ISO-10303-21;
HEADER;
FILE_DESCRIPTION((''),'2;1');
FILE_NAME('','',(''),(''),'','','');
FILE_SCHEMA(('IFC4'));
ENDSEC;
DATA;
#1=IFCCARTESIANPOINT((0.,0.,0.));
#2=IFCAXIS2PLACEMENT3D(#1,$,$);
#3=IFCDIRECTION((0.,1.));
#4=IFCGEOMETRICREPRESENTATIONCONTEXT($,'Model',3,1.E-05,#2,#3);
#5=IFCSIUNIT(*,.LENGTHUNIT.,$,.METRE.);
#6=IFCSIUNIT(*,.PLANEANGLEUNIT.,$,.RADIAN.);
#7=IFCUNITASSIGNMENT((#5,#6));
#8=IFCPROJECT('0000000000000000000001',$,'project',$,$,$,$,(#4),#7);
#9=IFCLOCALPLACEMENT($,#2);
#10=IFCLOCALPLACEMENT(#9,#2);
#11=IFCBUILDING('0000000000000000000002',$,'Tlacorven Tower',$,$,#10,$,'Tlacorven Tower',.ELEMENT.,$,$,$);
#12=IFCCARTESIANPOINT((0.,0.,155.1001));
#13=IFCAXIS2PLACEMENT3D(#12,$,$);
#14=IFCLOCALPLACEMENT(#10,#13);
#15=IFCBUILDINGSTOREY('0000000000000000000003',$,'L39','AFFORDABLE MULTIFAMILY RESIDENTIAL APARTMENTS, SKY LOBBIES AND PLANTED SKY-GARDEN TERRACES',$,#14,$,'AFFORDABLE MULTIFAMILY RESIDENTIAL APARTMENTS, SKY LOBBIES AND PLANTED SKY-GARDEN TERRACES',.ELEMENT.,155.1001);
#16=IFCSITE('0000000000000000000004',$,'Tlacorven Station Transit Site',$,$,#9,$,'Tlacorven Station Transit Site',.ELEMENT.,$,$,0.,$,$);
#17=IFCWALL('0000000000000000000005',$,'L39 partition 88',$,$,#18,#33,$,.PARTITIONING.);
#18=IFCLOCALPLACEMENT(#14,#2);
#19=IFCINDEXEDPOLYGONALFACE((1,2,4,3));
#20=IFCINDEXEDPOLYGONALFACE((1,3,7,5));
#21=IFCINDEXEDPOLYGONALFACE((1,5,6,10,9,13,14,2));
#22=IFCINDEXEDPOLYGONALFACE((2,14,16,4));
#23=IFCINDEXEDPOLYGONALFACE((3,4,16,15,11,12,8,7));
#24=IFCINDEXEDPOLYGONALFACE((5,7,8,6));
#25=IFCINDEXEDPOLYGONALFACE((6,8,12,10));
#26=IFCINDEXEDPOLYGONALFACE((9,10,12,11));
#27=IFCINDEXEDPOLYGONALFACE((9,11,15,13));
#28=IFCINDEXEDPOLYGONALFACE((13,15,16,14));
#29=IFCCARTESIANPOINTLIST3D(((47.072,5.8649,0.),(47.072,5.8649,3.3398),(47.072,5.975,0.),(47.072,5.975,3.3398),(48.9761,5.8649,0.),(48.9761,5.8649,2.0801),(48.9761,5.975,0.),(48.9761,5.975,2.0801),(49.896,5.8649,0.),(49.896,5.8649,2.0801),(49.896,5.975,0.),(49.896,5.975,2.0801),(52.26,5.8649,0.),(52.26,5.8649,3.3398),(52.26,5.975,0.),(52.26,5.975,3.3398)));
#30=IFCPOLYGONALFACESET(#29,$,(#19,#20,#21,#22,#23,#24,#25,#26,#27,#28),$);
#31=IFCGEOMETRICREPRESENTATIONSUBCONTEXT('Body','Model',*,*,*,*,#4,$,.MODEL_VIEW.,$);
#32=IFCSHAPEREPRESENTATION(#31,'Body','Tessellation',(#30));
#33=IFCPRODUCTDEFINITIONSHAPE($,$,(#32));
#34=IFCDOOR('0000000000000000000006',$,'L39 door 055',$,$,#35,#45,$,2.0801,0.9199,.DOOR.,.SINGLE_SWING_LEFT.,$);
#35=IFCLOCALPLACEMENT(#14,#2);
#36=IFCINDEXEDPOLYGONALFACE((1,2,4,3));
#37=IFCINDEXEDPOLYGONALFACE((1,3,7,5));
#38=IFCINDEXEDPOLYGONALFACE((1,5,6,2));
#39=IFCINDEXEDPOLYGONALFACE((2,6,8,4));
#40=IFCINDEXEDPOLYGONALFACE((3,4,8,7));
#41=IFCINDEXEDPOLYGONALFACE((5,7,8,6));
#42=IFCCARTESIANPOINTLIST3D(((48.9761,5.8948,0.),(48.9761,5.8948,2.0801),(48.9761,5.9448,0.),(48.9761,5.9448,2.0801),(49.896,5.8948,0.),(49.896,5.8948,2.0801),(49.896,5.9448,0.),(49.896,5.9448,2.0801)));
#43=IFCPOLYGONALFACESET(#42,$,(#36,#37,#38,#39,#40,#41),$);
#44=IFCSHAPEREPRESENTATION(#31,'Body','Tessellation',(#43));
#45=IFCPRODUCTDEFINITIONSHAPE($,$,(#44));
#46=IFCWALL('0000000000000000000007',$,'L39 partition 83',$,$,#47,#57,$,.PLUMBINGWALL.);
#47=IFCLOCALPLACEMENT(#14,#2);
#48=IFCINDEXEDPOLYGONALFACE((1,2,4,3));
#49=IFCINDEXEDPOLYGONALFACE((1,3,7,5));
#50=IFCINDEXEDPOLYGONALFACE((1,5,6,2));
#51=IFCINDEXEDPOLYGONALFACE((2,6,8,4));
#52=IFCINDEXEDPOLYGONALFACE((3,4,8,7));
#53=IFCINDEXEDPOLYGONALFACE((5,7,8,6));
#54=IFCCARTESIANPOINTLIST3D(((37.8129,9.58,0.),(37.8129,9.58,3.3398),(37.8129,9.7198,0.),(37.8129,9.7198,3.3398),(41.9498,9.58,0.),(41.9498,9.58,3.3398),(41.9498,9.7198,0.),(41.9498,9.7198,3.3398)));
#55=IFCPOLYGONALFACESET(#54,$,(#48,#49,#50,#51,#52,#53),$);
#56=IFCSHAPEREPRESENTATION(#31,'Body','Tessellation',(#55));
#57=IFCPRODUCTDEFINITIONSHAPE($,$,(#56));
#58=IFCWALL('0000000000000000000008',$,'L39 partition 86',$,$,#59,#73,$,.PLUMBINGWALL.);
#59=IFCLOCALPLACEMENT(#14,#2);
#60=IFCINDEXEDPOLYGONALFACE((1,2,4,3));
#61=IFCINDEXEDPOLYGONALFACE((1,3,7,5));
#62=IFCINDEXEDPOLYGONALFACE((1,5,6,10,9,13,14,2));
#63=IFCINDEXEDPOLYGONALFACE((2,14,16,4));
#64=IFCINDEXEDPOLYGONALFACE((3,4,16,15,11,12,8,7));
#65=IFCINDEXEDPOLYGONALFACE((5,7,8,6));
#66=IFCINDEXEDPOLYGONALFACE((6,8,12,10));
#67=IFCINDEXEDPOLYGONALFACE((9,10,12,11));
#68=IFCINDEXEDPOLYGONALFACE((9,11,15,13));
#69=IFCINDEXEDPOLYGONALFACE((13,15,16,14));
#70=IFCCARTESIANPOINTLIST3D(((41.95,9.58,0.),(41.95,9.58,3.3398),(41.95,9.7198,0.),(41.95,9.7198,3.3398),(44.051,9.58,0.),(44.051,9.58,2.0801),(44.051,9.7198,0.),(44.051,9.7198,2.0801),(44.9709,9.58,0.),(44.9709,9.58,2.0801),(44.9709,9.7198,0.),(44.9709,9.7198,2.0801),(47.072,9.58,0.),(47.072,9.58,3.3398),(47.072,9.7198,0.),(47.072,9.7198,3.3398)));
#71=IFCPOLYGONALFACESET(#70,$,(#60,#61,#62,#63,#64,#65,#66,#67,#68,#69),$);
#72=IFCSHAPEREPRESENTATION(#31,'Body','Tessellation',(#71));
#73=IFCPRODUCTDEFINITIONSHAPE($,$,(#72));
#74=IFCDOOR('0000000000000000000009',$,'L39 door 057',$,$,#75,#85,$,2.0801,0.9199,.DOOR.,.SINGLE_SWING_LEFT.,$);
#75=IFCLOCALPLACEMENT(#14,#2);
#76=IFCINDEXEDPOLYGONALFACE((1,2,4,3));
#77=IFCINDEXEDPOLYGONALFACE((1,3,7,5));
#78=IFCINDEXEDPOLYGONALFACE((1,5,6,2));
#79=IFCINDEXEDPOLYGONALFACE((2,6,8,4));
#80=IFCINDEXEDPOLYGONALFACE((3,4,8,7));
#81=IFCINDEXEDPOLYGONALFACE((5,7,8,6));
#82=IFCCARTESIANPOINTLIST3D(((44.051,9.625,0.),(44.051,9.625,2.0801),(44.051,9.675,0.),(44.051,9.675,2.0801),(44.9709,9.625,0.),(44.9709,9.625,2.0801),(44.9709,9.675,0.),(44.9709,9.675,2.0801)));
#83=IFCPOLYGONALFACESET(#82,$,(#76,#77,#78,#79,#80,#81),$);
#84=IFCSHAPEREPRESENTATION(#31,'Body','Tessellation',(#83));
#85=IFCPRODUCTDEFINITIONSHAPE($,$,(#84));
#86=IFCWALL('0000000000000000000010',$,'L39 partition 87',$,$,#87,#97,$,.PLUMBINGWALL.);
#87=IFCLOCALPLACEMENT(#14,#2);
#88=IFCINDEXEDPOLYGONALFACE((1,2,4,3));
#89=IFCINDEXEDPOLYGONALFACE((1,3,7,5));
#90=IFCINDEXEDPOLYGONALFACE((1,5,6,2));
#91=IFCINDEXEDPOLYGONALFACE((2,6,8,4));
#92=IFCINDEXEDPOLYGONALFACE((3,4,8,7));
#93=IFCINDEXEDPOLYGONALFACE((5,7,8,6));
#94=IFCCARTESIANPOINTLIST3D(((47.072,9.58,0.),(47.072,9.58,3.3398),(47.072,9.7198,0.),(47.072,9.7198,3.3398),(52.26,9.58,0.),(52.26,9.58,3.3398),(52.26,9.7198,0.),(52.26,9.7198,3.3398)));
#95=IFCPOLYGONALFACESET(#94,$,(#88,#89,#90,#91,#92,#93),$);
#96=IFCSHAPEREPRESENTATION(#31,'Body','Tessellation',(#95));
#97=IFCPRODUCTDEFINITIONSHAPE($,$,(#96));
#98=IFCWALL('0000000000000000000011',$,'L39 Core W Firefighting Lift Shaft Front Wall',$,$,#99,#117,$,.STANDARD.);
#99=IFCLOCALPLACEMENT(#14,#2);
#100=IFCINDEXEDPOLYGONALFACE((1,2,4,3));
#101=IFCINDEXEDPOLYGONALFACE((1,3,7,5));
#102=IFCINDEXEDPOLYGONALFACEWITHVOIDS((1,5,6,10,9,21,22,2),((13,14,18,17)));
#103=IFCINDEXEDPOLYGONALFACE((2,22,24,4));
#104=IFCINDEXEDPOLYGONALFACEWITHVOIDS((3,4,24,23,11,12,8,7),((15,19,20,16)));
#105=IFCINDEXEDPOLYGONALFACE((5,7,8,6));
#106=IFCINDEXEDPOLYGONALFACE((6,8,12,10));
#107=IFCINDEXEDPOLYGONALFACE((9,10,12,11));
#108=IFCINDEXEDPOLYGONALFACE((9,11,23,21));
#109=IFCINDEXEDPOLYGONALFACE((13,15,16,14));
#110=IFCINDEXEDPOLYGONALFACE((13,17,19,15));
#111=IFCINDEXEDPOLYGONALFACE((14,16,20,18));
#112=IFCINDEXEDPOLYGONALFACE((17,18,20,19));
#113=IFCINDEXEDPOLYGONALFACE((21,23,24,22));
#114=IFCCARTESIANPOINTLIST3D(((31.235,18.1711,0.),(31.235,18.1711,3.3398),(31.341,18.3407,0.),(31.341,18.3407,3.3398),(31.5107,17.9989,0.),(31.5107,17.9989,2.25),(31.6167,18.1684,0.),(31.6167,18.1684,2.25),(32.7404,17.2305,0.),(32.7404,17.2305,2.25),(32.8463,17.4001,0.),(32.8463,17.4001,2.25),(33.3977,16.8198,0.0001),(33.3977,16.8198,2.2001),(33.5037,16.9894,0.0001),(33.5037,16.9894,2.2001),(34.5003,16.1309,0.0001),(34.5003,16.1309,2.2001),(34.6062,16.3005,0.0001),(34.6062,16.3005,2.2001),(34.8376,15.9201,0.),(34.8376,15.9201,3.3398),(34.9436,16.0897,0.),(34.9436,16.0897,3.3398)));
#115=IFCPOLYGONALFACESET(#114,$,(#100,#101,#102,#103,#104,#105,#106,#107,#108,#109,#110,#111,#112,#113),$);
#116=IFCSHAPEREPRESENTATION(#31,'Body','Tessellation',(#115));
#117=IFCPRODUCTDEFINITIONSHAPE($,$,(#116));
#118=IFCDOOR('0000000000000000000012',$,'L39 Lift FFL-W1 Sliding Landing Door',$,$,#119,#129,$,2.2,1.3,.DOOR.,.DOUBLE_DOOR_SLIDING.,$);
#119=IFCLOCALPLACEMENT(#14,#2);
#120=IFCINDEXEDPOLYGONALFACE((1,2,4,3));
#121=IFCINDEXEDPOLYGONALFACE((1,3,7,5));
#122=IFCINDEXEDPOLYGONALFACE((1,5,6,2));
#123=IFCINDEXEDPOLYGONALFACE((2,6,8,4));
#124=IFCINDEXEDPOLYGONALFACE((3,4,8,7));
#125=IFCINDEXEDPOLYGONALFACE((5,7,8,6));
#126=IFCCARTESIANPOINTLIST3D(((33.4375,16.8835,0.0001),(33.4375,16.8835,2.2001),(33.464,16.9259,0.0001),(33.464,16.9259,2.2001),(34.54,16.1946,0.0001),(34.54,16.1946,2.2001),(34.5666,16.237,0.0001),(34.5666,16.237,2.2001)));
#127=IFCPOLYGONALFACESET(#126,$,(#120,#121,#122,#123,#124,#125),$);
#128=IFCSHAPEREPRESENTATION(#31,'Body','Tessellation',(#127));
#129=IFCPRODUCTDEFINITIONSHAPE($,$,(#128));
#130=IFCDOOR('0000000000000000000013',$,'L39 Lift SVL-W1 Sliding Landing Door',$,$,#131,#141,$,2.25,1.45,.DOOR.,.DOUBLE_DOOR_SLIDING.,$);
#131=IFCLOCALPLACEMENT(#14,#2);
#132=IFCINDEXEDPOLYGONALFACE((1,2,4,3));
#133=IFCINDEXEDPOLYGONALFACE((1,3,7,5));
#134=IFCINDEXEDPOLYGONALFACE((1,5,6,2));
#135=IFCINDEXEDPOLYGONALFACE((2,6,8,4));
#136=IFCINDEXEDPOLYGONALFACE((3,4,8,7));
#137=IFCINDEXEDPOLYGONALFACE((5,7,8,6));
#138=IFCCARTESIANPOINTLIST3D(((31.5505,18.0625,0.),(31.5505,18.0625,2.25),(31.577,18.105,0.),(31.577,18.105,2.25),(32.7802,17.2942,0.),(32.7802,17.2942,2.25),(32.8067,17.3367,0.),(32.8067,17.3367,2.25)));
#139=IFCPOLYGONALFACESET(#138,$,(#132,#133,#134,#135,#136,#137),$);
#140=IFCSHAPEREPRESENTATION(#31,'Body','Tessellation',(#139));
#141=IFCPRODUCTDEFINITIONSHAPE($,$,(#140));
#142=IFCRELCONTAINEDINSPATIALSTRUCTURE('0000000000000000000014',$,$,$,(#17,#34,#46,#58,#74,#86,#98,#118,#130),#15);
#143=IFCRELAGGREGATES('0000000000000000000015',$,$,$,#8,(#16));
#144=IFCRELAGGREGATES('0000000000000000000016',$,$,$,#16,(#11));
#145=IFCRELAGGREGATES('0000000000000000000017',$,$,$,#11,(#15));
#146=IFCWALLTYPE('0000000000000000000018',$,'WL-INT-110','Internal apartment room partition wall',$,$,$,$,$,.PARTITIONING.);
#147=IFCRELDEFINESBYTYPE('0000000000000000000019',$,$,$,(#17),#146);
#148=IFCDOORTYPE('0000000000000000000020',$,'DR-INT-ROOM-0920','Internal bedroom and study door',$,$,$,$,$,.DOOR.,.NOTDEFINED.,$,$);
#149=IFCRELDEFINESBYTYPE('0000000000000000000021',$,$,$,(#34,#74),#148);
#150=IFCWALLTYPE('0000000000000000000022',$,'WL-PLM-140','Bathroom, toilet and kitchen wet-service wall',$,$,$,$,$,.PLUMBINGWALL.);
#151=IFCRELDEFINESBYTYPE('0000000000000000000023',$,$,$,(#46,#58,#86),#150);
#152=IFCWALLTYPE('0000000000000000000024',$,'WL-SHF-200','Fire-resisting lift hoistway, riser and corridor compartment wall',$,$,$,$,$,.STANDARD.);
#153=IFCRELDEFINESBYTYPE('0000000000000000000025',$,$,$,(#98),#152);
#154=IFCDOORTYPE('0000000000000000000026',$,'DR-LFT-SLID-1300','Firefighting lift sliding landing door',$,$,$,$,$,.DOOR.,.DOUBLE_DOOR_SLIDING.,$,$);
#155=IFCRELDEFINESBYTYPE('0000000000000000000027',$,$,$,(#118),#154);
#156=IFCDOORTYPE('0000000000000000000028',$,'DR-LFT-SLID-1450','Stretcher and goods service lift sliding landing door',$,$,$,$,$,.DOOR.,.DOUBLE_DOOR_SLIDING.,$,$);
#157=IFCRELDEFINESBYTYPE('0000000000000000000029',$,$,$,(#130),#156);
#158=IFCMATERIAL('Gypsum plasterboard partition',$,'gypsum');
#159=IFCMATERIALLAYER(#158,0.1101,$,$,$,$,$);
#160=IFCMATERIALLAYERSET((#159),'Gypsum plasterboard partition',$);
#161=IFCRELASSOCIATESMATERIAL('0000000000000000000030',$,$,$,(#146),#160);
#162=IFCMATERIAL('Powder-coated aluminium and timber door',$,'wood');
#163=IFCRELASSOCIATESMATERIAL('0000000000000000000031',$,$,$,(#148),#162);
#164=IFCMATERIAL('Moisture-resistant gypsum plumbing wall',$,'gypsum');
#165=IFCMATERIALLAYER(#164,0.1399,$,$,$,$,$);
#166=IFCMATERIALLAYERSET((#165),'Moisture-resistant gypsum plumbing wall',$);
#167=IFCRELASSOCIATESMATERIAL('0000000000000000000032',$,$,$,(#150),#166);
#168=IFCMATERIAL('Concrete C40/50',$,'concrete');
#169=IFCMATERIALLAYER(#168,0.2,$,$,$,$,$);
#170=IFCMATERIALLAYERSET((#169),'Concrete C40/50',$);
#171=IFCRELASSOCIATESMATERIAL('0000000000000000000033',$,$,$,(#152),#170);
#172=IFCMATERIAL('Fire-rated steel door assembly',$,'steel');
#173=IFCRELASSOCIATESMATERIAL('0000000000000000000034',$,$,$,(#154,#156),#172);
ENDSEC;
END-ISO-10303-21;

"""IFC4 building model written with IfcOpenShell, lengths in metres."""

from ifc_helpers import new_model, si_unit, direction, frame, frame_2d, origin, place, context, subcontext, project, spatial, rectangle, extrude, source, transform, mapped, material, layer, layer_set, type_object, element, fill, save


model = new_model("IFC4")

# Units and contexts
model_context = context("Model", 3, precision=1e-05, world=origin(), true_north=direction((0.0, 1.0)))
body_context = subcontext(model_context, "Body", "Model", "MODEL_VIEW")
ifc_project = project(units=[si_unit("LENGTHUNIT", "METRE"), si_unit("PLANEANGLEUNIT", "RADIAN")], contexts=[model_context])

# Site, building, storey
site_placement = place(None, origin())
site = spatial("IfcSite", under=ifc_project, at=site_placement, Name="Tlacorven Station Transit Site", LongName="Tlacorven Station Transit Site", CompositionType="ELEMENT", RefElevation=0.0)
building_placement = place(site_placement, origin())
building = spatial("IfcBuilding", under=site, at=building_placement, Name="Tlacorven Tower", LongName="Tlacorven Tower", CompositionType="ELEMENT")
storey_placement = place(building_placement, frame((0.0, 0.0, 155.1001)))
storey = spatial("IfcBuildingStorey", under=building, at=storey_placement, Name="L39", Description="AFFORDABLE MULTIFAMILY RESIDENTIAL APARTMENTS, SKY LOBBIES AND PLANTED SKY-GARDEN TERRACES", LongName="AFFORDABLE MULTIFAMILY RESIDENTIAL APARTMENTS, SKY LOBBIES AND PLANTED SKY-GARDEN TERRACES", CompositionType="ELEMENT", Elevation=155.1001)

# Shared definitions
ifc_material_1 = material(Name="Fire-rated steel door assembly", Category="steel")

# Wall, opening, door
ifc_material_2 = material(Name="Gypsum plasterboard partition", Category="gypsum")
ifc_layer_1 = layer(ifc_material_2, 0.1101)
ifc_layer_set_1 = layer_set([ifc_layer_1], Name="Gypsum plasterboard partition")
wall_type_1 = type_object("IfcWallType", Name="WL-INT-110", Description="Internal apartment room partition wall", PredefinedType="PARTITIONING", material=ifc_layer_set_1)
ifc_material_3 = material(Name="Powder-coated aluminium and timber door", Category="wood")
door_type_1 = type_object("IfcDoorType", Name="DR-INT-ROOM-0920", Description="Internal bedroom and study door", OperationType="NOTDEFINED", PredefinedType="DOOR", material=ifc_material_3)
shared_shape_1 = source(origin(), body_context, "Body", "SweptSolid", [
    extrude(rectangle(XDim=0.9199, YDim=2.0801, at=frame_2d((0.46, 1.04))), frame((0.0, 0.0249, 0.0), z_axis=(0.0, -1.0, 0.0), x_axis=(1.0, 0.0, 0.0)), (0.0, 0.0, 1.0), 0.05),
])
wall_1_placement = place(storey_placement, frame((47.072, 5.9199, 0.0), z_axis=(0.0, 0.0, 1.0), x_axis=(1.0, 0.0, 0.0)))
wall_1 = element("IfcWall", 1, at=wall_1_placement, inside=storey, type_object=wall_type_1, Name="L39 partition 88", PredefinedType="PARTITIONING", context=body_context, shape_type="SweptSolid", body=[
    extrude(rectangle(XDim=5.188, YDim=0.1101, at=frame_2d((2.594, 0.0))), origin(), (0.0, 0.0, 1.0), 3.3398),
])
opening_1_placement = place(wall_1_placement, frame((1.9041, 0.0, 0.0)))
opening_1 = element("IfcOpeningElement", 2, at=opening_1_placement, cuts=wall_1, PredefinedType="OPENING", context=body_context, shape_type="SweptSolid", body=[
    extrude(rectangle(XDim=0.9199, YDim=2.0801, at=frame_2d((0.46, 1.04))), frame((0.0, 0.0649, 0.0), z_axis=(0.0, -1.0, 0.0), x_axis=(1.0, 0.0, 0.0)), (0.0, 0.0, 1.0), 0.1301),
])
door_1_placement = place(opening_1_placement, origin())
door_1 = element("IfcDoor", 3, at=door_1_placement, inside=storey, type_object=door_type_1, Name="L39 door 055", OperationType="SINGLE_SWING_LEFT", OverallHeight=2.0801, OverallWidth=0.9199, PredefinedType="DOOR", context=body_context, shape_type="MappedRepresentation", body=[
    mapped(shared_shape_1, transform((0.0, 0.0, 0.0), scale=1.0)),
])
fill(opening_1, door_1)

# Wall
ifc_material_4 = material(Name="Moisture-resistant gypsum plumbing wall", Category="gypsum")
ifc_layer_2 = layer(ifc_material_4, 0.1399)
ifc_layer_set_2 = layer_set([ifc_layer_2], Name="Moisture-resistant gypsum plumbing wall")
wall_type_2 = type_object("IfcWallType", Name="WL-PLM-140", Description="Bathroom, toilet and kitchen wet-service wall", PredefinedType="PLUMBINGWALL", material=ifc_layer_set_2)
wall_2_placement = place(storey_placement, frame((37.813, 9.6499, 0.0), z_axis=(0.0, 0.0, 1.0), x_axis=(1.0, 0.0, 0.0)))
element("IfcWall", 4, at=wall_2_placement, inside=storey, type_object=wall_type_2, Name="L39 partition 83", PredefinedType="PLUMBINGWALL", context=body_context, shape_type="SweptSolid", body=[
    extrude(rectangle(XDim=4.137, YDim=0.1399, at=frame_2d((2.0684, 0.0))), origin(), (0.0, 0.0, 1.0), 3.3398),
])

# Wall, opening, door
wall_3_placement = place(storey_placement, frame((41.95, 9.6499, 0.0), z_axis=(0.0, 0.0, 1.0), x_axis=(1.0, 0.0, 0.0)))
wall_3 = element("IfcWall", 5, at=wall_3_placement, inside=storey, type_object=wall_type_2, Name="L39 partition 86", PredefinedType="PLUMBINGWALL", context=body_context, shape_type="SweptSolid", body=[
    extrude(rectangle(XDim=5.1221, YDim=0.1399, at=frame_2d((2.561, 0.0))), origin(), (0.0, 0.0, 1.0), 3.3398),
])
opening_2_placement = place(wall_3_placement, frame((2.1011, 0.0, 0.0)))
opening_2 = element("IfcOpeningElement", 6, at=opening_2_placement, cuts=wall_3, PredefinedType="OPENING", context=body_context, shape_type="SweptSolid", body=[
    extrude(rectangle(XDim=0.9199, YDim=2.0801, at=frame_2d((0.46, 1.04))), frame((0.0, 0.0801, 0.0), z_axis=(0.0, -1.0, 0.0), x_axis=(1.0, 0.0, 0.0)), (0.0, 0.0, 1.0), 0.1599),
])
door_2_placement = place(opening_2_placement, frame((0.9199, 0.0, 0.0), z_axis=(0.0, 0.0, 1.0), x_axis=(-1.0, 0.0, 0.0)))
door_2 = element("IfcDoor", 7, at=door_2_placement, inside=storey, type_object=door_type_1, Name="L39 door 057", OperationType="SINGLE_SWING_LEFT", OverallHeight=2.0801, OverallWidth=0.9199, PredefinedType="DOOR", context=body_context, shape_type="MappedRepresentation", body=[
    mapped(shared_shape_1, transform((0.0, 0.0, 0.0), scale=1.0)),
])
fill(opening_2, door_2)

# Wall
wall_4_placement = place(storey_placement, frame((47.072, 9.6499, 0.0), z_axis=(0.0, 0.0, 1.0), x_axis=(1.0, 0.0, 0.0)))
element("IfcWall", 8, at=wall_4_placement, inside=storey, type_object=wall_type_2, Name="L39 partition 87", PredefinedType="PLUMBINGWALL", context=body_context, shape_type="SweptSolid", body=[
    extrude(rectangle(XDim=5.188, YDim=0.1399, at=frame_2d((2.594, 0.0))), origin(), (0.0, 0.0, 1.0), 3.3398),
])

# Wall, openings, doors
ifc_material_5 = material(Name="Concrete C40/50", Category="concrete")
ifc_layer_3 = layer(ifc_material_5, 0.2)
ifc_layer_set_3 = layer_set([ifc_layer_3], Name="Concrete C40/50")
wall_type_3 = type_object("IfcWallType", Name="WL-SHF-200", Description="Fire-resisting lift hoistway, riser and corridor compartment wall", PredefinedType="STANDARD", material=ifc_layer_set_3)
wall_5_placement = place(storey_placement, frame((34.8906, 16.0049, 0.0), z_axis=(0.0, 0.0, 1.0), x_axis=(-0.848063, 0.529896, 0.0)))
wall_5 = element("IfcWall", 9, at=wall_5_placement, inside=storey, type_object=wall_type_3, Name="L39 Core W Firefighting Lift Shaft Front Wall", PredefinedType="STANDARD", context=body_context, shape_type="SweptSolid", body=[
    extrude(rectangle(XDim=4.248, YDim=0.2, at=frame_2d((2.124, 0.0))), origin(), (0.0, 0.0, 1.0), 3.3398),
])
opening_3_placement = place(wall_5_placement, frame((0.3979, 0.0, 0.0)))
opening_3 = element("IfcOpeningElement", 10, at=opening_3_placement, cuts=wall_5, PredefinedType="OPENING", context=body_context, shape_type="SweptSolid", body=[
    extrude(rectangle(XDim=1.3, YDim=2.2, at=frame_2d((0.6499, 1.1001))), frame((0.0, 0.1099, 0.0), z_axis=(0.0, -1.0, 0.0), x_axis=(1.0, 0.0, 0.0)), (0.0, 0.0, 1.0), 0.22),
])
opening_4_placement = place(wall_5_placement, frame((2.4729, 0.0, 0.0)))
opening_4 = element("IfcOpeningElement", 11, at=opening_4_placement, cuts=wall_5, PredefinedType="OPENING", context=body_context, shape_type="SweptSolid", body=[
    extrude(rectangle(XDim=1.45, YDim=2.25, at=frame_2d((0.7251, 1.125))), frame((0.0, 0.1099, 0.0), z_axis=(0.0, -1.0, 0.0), x_axis=(1.0, 0.0, 0.0)), (0.0, 0.0, 1.0), 0.22),
])
door_type_2 = type_object("IfcDoorType", Name="DR-LFT-SLID-1300", Description="Firefighting lift sliding landing door", OperationType="DOUBLE_DOOR_SLIDING", PredefinedType="DOOR", material=ifc_material_1)
shared_shape_2 = source(origin(), body_context, "Body", "SweptSolid", [
    extrude(rectangle(XDim=1.3, YDim=2.2, at=frame_2d((0.6499, 1.1001))), frame((0.0, 0.0249, 0.0), z_axis=(0.0, -1.0, 0.0), x_axis=(1.0, 0.0, 0.0)), (0.0, 0.0, 1.0), 0.05),
])
door_3_placement = place(opening_3_placement, origin())
door_3 = element("IfcDoor", 12, at=door_3_placement, inside=storey, type_object=door_type_2, Name="L39 Lift FFL-W1 Sliding Landing Door", OperationType="DOUBLE_DOOR_SLIDING", OverallHeight=2.2, OverallWidth=1.3, PredefinedType="DOOR", context=body_context, shape_type="MappedRepresentation", body=[
    mapped(shared_shape_2, transform((0.0, 0.0, 0.0), scale=1.0)),
])
fill(opening_3, door_3)
door_type_3 = type_object("IfcDoorType", Name="DR-LFT-SLID-1450", Description="Stretcher and goods service lift sliding landing door", OperationType="DOUBLE_DOOR_SLIDING", PredefinedType="DOOR", material=ifc_material_1)
shared_shape_3 = source(origin(), body_context, "Body", "SweptSolid", [
    extrude(rectangle(XDim=1.45, YDim=2.25, at=frame_2d((0.7251, 1.125))), frame((0.0, 0.0249, 0.0), z_axis=(0.0, -1.0, 0.0), x_axis=(1.0, 0.0, 0.0)), (0.0, 0.0, 1.0), 0.05),
])
door_4_placement = place(opening_4_placement, origin())
door_4 = element("IfcDoor", 13, at=door_4_placement, inside=storey, type_object=door_type_3, Name="L39 Lift SVL-W1 Sliding Landing Door", OperationType="DOUBLE_DOOR_SLIDING", OverallHeight=2.25, OverallWidth=1.45, PredefinedType="DOOR", context=body_context, shape_type="MappedRepresentation", body=[
    mapped(shared_shape_3, transform((0.0, 0.0, 0.0), scale=1.0)),
])
fill(opening_4, door_4)

save(model, "model.ifc")
